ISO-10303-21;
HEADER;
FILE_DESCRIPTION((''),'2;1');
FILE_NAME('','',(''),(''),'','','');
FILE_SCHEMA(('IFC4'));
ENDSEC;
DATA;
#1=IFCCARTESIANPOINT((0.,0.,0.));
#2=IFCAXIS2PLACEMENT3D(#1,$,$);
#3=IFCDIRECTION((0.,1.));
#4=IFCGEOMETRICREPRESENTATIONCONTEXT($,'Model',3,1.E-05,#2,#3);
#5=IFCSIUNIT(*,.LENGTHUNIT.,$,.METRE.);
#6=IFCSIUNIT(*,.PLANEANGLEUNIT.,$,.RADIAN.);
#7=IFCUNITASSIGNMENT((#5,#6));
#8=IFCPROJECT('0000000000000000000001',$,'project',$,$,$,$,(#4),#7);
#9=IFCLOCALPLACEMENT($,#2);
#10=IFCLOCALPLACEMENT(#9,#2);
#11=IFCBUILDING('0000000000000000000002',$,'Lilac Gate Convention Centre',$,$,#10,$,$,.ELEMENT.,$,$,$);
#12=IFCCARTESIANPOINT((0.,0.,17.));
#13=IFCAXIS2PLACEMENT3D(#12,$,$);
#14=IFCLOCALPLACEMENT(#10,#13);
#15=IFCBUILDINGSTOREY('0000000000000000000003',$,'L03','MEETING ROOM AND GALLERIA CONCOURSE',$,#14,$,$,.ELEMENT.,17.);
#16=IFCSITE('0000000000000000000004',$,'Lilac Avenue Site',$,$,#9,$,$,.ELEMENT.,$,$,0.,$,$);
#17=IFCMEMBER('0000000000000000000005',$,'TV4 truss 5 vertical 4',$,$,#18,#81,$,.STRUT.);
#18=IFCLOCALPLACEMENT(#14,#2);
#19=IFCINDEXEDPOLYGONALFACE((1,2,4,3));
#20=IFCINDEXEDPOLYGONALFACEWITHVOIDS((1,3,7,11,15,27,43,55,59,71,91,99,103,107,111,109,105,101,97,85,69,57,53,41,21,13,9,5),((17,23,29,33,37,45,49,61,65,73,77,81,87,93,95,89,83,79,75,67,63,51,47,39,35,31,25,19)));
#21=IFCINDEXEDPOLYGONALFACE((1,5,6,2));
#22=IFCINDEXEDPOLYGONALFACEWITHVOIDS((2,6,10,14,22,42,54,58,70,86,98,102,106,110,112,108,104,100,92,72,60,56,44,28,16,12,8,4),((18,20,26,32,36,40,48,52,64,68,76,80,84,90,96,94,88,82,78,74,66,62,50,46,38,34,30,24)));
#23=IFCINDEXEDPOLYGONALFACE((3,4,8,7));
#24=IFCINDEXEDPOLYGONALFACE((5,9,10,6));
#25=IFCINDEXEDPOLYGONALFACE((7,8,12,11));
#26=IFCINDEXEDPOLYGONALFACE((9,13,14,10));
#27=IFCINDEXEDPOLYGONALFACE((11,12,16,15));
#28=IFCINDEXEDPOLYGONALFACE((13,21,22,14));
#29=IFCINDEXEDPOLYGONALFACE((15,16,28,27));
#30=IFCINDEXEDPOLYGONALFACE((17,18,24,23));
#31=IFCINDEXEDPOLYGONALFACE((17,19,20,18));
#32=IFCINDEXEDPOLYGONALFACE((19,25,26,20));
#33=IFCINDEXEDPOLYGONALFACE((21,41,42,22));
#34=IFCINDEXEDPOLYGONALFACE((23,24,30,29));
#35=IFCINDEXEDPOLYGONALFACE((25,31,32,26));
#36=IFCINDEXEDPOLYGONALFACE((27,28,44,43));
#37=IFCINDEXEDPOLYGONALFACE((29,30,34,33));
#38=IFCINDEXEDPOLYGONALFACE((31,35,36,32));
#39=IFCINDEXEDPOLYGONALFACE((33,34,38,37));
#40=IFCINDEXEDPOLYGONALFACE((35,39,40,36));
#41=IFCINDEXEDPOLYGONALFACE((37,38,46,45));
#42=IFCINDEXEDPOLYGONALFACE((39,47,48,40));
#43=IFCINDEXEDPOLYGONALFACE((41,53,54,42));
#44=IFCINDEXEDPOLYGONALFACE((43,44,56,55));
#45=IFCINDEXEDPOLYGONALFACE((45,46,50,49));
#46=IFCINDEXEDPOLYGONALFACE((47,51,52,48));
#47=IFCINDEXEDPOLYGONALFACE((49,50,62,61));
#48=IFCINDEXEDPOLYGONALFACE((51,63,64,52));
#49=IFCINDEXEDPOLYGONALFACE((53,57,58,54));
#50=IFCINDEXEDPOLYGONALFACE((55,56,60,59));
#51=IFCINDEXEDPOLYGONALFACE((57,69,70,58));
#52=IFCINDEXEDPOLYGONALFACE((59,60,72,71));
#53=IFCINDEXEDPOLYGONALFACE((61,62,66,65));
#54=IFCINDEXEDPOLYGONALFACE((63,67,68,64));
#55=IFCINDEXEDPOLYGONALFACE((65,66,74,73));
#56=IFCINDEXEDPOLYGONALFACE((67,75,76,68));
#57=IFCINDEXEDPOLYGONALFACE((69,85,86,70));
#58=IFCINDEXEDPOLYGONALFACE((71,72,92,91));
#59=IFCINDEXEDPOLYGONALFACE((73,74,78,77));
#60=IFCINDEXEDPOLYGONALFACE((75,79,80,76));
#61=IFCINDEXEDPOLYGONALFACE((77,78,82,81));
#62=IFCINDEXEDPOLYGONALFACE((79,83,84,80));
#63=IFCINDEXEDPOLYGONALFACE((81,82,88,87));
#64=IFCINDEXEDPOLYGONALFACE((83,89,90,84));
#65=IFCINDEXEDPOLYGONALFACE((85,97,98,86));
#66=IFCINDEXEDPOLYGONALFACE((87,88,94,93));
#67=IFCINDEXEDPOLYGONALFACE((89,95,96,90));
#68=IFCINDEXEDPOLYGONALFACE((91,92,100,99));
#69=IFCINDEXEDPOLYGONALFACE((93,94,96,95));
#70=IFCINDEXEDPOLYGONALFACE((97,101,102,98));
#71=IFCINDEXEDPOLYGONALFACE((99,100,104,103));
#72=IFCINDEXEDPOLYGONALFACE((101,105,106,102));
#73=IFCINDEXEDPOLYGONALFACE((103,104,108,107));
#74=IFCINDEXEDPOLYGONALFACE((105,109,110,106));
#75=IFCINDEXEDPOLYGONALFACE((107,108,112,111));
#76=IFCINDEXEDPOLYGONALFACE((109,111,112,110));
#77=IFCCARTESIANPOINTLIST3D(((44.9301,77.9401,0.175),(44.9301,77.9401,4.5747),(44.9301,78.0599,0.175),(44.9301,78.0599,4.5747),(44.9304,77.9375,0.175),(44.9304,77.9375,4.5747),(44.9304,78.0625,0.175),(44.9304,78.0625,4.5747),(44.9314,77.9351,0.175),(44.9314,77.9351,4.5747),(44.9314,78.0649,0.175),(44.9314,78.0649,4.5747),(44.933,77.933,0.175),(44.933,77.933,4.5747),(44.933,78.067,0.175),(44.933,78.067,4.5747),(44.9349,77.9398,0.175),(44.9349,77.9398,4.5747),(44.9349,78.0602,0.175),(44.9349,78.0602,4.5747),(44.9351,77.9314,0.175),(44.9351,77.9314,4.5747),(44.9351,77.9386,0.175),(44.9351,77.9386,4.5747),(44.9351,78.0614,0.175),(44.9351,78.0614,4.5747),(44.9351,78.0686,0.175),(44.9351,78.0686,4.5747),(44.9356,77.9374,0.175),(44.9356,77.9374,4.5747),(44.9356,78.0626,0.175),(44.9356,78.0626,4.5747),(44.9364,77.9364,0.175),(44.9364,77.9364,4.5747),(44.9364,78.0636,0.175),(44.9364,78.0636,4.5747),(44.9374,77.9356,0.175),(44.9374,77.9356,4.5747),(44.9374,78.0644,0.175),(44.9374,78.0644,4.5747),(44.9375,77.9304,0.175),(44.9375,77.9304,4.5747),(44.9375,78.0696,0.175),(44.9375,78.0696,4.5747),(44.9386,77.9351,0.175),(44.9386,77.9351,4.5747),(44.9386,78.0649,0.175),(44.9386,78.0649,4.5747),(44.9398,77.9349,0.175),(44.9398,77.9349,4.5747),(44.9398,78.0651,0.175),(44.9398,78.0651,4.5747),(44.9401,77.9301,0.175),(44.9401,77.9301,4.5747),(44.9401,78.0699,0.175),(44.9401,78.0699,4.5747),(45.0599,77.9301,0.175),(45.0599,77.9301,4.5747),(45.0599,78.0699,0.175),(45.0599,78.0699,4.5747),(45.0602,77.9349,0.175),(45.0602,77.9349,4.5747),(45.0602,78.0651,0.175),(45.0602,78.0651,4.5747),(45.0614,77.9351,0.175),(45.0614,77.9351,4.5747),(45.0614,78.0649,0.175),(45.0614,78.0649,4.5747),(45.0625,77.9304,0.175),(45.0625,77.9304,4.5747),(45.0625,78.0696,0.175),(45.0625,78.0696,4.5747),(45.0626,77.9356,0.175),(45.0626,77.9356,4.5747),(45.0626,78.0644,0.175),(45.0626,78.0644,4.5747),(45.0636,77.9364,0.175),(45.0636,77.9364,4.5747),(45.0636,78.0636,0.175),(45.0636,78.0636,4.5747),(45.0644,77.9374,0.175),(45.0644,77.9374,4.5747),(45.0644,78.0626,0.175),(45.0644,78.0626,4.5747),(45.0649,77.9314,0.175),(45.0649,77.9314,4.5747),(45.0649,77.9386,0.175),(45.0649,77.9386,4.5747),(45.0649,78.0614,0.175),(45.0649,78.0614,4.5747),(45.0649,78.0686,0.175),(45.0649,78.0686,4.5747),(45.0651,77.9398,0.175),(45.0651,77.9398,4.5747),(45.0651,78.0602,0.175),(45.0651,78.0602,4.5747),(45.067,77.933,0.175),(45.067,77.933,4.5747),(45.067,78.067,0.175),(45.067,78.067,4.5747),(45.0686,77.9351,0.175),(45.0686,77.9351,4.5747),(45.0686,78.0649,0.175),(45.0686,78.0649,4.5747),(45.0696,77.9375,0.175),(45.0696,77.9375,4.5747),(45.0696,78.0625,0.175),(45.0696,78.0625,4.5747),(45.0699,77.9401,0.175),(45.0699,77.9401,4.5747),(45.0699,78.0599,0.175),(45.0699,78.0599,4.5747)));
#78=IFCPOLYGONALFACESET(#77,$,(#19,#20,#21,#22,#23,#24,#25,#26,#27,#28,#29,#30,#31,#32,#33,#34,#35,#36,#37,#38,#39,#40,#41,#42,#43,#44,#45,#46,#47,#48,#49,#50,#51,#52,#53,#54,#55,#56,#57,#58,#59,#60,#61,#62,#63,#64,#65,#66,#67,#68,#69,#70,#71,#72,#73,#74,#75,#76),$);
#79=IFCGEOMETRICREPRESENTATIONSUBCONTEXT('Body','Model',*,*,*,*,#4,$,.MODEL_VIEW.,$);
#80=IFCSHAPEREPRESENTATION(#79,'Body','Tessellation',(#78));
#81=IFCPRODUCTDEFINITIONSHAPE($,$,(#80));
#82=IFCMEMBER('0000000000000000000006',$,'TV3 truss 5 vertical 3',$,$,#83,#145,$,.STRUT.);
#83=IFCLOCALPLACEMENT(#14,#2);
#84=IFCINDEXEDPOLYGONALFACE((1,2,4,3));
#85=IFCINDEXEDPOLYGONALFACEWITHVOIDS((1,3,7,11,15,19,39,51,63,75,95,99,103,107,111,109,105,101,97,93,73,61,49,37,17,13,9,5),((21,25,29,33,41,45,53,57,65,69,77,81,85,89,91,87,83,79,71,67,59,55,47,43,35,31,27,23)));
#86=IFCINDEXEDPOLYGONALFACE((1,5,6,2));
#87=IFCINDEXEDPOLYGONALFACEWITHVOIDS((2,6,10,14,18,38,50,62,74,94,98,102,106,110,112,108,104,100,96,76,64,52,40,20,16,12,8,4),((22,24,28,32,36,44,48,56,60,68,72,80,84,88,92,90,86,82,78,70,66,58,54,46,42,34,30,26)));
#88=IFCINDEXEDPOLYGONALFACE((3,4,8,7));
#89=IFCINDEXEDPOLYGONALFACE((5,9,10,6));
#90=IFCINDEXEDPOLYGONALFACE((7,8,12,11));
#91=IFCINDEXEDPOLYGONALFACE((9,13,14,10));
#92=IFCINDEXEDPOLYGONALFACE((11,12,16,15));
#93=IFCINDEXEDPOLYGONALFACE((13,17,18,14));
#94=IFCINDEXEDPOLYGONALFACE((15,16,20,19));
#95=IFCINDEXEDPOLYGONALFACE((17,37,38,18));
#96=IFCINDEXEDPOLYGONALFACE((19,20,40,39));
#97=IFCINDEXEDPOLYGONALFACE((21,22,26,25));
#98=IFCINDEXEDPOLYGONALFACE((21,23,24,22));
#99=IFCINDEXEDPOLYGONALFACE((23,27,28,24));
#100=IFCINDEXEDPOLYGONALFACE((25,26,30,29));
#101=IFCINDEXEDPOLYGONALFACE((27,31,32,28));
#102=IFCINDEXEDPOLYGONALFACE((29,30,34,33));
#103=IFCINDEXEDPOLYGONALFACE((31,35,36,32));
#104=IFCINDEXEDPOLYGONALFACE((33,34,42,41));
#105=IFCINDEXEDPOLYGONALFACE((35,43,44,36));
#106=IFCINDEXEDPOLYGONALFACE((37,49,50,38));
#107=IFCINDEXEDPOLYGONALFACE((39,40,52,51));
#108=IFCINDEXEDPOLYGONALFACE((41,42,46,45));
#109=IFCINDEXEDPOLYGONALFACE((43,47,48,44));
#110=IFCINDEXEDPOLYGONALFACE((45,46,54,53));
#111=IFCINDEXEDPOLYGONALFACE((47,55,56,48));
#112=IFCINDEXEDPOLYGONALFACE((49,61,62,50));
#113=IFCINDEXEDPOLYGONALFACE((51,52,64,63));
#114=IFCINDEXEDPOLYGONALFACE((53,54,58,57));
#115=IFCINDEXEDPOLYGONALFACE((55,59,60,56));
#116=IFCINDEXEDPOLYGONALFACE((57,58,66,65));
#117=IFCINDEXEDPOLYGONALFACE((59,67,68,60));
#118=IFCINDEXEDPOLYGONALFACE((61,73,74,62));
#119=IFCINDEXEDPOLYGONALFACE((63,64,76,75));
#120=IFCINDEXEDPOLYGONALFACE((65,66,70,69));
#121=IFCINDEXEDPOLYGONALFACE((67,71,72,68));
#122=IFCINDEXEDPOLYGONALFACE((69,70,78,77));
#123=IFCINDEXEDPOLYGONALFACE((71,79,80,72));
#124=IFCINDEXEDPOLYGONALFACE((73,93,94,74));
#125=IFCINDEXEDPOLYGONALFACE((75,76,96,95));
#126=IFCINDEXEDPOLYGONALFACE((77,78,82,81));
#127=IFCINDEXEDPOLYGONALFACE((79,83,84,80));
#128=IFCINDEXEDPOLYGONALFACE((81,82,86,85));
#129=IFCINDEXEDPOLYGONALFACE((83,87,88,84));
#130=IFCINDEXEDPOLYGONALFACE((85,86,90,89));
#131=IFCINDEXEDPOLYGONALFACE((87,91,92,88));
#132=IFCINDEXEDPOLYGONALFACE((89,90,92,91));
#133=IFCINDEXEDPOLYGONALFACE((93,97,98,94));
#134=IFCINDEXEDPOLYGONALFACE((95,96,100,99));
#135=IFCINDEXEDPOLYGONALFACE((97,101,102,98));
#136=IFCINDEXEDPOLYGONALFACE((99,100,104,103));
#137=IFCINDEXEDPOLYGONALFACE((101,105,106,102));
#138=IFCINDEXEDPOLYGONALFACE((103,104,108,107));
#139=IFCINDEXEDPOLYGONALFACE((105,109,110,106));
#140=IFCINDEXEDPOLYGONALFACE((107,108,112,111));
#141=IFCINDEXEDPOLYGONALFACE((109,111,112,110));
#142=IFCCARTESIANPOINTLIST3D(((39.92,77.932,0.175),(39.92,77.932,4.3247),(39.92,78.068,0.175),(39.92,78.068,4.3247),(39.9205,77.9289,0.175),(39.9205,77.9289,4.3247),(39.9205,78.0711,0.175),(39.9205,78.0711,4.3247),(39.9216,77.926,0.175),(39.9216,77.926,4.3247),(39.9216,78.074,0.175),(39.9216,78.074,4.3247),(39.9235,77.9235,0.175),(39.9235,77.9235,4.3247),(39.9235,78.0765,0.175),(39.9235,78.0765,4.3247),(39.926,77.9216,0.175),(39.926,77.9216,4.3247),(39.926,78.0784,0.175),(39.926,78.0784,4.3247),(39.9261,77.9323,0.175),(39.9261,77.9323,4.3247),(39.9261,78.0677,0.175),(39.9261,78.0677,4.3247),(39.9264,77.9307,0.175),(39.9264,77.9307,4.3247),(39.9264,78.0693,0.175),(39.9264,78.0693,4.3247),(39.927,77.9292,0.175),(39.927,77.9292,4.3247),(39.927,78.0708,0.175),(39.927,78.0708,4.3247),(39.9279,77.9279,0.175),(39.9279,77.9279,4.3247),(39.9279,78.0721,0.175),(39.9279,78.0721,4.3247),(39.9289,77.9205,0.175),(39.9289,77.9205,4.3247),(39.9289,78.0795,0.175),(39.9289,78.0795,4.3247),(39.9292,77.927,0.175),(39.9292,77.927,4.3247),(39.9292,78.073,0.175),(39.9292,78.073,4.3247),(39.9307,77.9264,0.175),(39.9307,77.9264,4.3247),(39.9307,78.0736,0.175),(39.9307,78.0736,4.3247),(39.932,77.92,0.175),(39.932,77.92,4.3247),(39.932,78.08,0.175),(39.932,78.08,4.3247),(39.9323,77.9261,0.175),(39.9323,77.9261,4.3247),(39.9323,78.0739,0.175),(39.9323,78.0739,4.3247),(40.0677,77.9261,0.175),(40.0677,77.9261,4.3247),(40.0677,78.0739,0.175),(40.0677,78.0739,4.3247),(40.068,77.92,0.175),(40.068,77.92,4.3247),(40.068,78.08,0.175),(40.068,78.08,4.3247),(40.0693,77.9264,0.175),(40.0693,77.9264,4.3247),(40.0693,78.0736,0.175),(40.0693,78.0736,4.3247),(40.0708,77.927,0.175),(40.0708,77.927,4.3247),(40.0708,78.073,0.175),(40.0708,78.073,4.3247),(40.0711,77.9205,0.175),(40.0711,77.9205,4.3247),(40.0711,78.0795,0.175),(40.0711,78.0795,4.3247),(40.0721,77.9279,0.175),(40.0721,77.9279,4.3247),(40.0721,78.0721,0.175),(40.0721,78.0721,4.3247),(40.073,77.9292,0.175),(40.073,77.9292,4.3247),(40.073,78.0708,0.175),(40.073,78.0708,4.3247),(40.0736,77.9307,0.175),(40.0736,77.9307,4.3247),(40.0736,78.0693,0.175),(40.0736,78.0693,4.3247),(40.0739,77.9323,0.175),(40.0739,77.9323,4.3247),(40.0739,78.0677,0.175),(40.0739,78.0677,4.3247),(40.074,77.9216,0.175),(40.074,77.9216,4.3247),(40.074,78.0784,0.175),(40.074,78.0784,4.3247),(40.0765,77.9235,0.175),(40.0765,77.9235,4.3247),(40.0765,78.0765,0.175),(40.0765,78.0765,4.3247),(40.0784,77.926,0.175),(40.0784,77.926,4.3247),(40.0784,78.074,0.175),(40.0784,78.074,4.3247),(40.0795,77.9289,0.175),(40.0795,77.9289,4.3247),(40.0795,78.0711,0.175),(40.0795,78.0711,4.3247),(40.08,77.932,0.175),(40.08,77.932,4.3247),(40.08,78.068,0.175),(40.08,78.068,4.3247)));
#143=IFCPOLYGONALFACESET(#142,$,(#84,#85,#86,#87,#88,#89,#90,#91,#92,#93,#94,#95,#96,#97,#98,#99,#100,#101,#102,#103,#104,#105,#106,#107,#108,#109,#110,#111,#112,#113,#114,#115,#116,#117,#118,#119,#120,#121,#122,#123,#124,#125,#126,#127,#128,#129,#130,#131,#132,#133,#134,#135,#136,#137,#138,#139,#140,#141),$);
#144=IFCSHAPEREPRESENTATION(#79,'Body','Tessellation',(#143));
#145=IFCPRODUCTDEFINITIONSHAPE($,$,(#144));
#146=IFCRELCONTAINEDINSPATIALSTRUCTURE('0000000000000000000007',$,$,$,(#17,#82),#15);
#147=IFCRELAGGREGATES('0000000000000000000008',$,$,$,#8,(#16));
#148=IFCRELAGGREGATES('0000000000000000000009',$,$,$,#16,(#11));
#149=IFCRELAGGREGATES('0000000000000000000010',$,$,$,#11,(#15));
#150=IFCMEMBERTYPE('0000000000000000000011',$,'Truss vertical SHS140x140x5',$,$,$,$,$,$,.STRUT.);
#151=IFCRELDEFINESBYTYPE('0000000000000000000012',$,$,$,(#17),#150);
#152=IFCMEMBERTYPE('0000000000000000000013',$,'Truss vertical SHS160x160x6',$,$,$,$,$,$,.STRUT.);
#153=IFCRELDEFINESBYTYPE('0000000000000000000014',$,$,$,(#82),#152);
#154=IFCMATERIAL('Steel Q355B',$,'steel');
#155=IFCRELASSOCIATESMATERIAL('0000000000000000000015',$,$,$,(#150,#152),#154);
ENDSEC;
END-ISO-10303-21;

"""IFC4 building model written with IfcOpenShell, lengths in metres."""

from ifc_helpers import new_model, si_unit, direction, frame, origin, origin_2d, place, context, subcontext, project, spatial, hollow_rectangle, extrude, material, material_profile, profile_set, type_object, element, save


model = new_model("IFC4")

# Units and contexts
model_context = context("Model", 3, precision=1e-05, world=origin(), true_north=direction((0.0, 1.0)))
body_context = subcontext(model_context, "Body", "Model", "MODEL_VIEW")
ifc_project = project(units=[si_unit("LENGTHUNIT", "METRE"), si_unit("PLANEANGLEUNIT", "RADIAN")], contexts=[model_context])

# Site, building, storey
site_placement = place(None, origin())
site = spatial("IfcSite", under=ifc_project, at=site_placement, Name="Lilac Avenue Site", CompositionType="ELEMENT", RefElevation=0.0)
building_placement = place(site_placement, origin())
building = spatial("IfcBuilding", under=site, at=building_placement, Name="Lilac Gate Convention Centre", CompositionType="ELEMENT")
storey_placement = place(building_placement, frame((0.0, 0.0, 17.0)))
storey = spatial("IfcBuildingStorey", under=building, at=storey_placement, Name="L03", Description="MEETING ROOM AND GALLERIA CONCOURSE", CompositionType="ELEMENT", Elevation=17.0)

# Members
ifc_material = material(Name="Steel Q355B", Category="steel")
ifc_material_profile_1 = material_profile(ifc_material, hollow_rectangle(XDim=0.1399, YDim=0.1399, WallThickness=0.0049, InnerFilletRadius=0.0049, OuterFilletRadius=0.01, at=origin_2d()), Name="SHS140x140x5")
ifc_profile_set_1 = profile_set([ifc_material_profile_1], Name="Steel Q355B")
member_type_1 = type_object("IfcMemberType", Name="Truss vertical SHS140x140x5", PredefinedType="STRUT", material=ifc_profile_set_1)
member_1_placement = place(storey_placement, frame((45.0, 78.0, 0.175), z_axis=(0.0, 0.0, 1.0), x_axis=(1.0, 0.0, 0.0)))
element("IfcMember", 1, at=member_1_placement, inside=storey, type_object=member_type_1, Name="TV4 truss 5 vertical 4", PredefinedType="STRUT", context=body_context, shape_type="SweptSolid", body=[
    extrude(hollow_rectangle(XDim=0.1399, YDim=0.1399, WallThickness=0.0049, InnerFilletRadius=0.0049, OuterFilletRadius=0.01, at=origin_2d()), origin(), (0.0, 0.0, 1.0), 4.3997),
])
ifc_material_profile_2 = material_profile(ifc_material, hollow_rectangle(XDim=0.1599, YDim=0.1599, WallThickness=0.0061, InnerFilletRadius=0.0061, OuterFilletRadius=0.012, at=origin_2d()), Name="SHS160x160x6")
ifc_profile_set_2 = profile_set([ifc_material_profile_2], Name="Steel Q355B")
member_type_2 = type_object("IfcMemberType", Name="Truss vertical SHS160x160x6", PredefinedType="STRUT", material=ifc_profile_set_2)
member_2_placement = place(storey_placement, frame((40.0, 78.0, 0.175), z_axis=(0.0, 0.0, 1.0), x_axis=(1.0, 0.0, 0.0)))
element("IfcMember", 2, at=member_2_placement, inside=storey, type_object=member_type_2, Name="TV3 truss 5 vertical 3", PredefinedType="STRUT", context=body_context, shape_type="SweptSolid", body=[
    extrude(hollow_rectangle(XDim=0.1599, YDim=0.1599, WallThickness=0.0061, InnerFilletRadius=0.0061, OuterFilletRadius=0.012, at=origin_2d()), origin(), (0.0, 0.0, 1.0), 4.1497),
])

save(model, "model.ifc")
